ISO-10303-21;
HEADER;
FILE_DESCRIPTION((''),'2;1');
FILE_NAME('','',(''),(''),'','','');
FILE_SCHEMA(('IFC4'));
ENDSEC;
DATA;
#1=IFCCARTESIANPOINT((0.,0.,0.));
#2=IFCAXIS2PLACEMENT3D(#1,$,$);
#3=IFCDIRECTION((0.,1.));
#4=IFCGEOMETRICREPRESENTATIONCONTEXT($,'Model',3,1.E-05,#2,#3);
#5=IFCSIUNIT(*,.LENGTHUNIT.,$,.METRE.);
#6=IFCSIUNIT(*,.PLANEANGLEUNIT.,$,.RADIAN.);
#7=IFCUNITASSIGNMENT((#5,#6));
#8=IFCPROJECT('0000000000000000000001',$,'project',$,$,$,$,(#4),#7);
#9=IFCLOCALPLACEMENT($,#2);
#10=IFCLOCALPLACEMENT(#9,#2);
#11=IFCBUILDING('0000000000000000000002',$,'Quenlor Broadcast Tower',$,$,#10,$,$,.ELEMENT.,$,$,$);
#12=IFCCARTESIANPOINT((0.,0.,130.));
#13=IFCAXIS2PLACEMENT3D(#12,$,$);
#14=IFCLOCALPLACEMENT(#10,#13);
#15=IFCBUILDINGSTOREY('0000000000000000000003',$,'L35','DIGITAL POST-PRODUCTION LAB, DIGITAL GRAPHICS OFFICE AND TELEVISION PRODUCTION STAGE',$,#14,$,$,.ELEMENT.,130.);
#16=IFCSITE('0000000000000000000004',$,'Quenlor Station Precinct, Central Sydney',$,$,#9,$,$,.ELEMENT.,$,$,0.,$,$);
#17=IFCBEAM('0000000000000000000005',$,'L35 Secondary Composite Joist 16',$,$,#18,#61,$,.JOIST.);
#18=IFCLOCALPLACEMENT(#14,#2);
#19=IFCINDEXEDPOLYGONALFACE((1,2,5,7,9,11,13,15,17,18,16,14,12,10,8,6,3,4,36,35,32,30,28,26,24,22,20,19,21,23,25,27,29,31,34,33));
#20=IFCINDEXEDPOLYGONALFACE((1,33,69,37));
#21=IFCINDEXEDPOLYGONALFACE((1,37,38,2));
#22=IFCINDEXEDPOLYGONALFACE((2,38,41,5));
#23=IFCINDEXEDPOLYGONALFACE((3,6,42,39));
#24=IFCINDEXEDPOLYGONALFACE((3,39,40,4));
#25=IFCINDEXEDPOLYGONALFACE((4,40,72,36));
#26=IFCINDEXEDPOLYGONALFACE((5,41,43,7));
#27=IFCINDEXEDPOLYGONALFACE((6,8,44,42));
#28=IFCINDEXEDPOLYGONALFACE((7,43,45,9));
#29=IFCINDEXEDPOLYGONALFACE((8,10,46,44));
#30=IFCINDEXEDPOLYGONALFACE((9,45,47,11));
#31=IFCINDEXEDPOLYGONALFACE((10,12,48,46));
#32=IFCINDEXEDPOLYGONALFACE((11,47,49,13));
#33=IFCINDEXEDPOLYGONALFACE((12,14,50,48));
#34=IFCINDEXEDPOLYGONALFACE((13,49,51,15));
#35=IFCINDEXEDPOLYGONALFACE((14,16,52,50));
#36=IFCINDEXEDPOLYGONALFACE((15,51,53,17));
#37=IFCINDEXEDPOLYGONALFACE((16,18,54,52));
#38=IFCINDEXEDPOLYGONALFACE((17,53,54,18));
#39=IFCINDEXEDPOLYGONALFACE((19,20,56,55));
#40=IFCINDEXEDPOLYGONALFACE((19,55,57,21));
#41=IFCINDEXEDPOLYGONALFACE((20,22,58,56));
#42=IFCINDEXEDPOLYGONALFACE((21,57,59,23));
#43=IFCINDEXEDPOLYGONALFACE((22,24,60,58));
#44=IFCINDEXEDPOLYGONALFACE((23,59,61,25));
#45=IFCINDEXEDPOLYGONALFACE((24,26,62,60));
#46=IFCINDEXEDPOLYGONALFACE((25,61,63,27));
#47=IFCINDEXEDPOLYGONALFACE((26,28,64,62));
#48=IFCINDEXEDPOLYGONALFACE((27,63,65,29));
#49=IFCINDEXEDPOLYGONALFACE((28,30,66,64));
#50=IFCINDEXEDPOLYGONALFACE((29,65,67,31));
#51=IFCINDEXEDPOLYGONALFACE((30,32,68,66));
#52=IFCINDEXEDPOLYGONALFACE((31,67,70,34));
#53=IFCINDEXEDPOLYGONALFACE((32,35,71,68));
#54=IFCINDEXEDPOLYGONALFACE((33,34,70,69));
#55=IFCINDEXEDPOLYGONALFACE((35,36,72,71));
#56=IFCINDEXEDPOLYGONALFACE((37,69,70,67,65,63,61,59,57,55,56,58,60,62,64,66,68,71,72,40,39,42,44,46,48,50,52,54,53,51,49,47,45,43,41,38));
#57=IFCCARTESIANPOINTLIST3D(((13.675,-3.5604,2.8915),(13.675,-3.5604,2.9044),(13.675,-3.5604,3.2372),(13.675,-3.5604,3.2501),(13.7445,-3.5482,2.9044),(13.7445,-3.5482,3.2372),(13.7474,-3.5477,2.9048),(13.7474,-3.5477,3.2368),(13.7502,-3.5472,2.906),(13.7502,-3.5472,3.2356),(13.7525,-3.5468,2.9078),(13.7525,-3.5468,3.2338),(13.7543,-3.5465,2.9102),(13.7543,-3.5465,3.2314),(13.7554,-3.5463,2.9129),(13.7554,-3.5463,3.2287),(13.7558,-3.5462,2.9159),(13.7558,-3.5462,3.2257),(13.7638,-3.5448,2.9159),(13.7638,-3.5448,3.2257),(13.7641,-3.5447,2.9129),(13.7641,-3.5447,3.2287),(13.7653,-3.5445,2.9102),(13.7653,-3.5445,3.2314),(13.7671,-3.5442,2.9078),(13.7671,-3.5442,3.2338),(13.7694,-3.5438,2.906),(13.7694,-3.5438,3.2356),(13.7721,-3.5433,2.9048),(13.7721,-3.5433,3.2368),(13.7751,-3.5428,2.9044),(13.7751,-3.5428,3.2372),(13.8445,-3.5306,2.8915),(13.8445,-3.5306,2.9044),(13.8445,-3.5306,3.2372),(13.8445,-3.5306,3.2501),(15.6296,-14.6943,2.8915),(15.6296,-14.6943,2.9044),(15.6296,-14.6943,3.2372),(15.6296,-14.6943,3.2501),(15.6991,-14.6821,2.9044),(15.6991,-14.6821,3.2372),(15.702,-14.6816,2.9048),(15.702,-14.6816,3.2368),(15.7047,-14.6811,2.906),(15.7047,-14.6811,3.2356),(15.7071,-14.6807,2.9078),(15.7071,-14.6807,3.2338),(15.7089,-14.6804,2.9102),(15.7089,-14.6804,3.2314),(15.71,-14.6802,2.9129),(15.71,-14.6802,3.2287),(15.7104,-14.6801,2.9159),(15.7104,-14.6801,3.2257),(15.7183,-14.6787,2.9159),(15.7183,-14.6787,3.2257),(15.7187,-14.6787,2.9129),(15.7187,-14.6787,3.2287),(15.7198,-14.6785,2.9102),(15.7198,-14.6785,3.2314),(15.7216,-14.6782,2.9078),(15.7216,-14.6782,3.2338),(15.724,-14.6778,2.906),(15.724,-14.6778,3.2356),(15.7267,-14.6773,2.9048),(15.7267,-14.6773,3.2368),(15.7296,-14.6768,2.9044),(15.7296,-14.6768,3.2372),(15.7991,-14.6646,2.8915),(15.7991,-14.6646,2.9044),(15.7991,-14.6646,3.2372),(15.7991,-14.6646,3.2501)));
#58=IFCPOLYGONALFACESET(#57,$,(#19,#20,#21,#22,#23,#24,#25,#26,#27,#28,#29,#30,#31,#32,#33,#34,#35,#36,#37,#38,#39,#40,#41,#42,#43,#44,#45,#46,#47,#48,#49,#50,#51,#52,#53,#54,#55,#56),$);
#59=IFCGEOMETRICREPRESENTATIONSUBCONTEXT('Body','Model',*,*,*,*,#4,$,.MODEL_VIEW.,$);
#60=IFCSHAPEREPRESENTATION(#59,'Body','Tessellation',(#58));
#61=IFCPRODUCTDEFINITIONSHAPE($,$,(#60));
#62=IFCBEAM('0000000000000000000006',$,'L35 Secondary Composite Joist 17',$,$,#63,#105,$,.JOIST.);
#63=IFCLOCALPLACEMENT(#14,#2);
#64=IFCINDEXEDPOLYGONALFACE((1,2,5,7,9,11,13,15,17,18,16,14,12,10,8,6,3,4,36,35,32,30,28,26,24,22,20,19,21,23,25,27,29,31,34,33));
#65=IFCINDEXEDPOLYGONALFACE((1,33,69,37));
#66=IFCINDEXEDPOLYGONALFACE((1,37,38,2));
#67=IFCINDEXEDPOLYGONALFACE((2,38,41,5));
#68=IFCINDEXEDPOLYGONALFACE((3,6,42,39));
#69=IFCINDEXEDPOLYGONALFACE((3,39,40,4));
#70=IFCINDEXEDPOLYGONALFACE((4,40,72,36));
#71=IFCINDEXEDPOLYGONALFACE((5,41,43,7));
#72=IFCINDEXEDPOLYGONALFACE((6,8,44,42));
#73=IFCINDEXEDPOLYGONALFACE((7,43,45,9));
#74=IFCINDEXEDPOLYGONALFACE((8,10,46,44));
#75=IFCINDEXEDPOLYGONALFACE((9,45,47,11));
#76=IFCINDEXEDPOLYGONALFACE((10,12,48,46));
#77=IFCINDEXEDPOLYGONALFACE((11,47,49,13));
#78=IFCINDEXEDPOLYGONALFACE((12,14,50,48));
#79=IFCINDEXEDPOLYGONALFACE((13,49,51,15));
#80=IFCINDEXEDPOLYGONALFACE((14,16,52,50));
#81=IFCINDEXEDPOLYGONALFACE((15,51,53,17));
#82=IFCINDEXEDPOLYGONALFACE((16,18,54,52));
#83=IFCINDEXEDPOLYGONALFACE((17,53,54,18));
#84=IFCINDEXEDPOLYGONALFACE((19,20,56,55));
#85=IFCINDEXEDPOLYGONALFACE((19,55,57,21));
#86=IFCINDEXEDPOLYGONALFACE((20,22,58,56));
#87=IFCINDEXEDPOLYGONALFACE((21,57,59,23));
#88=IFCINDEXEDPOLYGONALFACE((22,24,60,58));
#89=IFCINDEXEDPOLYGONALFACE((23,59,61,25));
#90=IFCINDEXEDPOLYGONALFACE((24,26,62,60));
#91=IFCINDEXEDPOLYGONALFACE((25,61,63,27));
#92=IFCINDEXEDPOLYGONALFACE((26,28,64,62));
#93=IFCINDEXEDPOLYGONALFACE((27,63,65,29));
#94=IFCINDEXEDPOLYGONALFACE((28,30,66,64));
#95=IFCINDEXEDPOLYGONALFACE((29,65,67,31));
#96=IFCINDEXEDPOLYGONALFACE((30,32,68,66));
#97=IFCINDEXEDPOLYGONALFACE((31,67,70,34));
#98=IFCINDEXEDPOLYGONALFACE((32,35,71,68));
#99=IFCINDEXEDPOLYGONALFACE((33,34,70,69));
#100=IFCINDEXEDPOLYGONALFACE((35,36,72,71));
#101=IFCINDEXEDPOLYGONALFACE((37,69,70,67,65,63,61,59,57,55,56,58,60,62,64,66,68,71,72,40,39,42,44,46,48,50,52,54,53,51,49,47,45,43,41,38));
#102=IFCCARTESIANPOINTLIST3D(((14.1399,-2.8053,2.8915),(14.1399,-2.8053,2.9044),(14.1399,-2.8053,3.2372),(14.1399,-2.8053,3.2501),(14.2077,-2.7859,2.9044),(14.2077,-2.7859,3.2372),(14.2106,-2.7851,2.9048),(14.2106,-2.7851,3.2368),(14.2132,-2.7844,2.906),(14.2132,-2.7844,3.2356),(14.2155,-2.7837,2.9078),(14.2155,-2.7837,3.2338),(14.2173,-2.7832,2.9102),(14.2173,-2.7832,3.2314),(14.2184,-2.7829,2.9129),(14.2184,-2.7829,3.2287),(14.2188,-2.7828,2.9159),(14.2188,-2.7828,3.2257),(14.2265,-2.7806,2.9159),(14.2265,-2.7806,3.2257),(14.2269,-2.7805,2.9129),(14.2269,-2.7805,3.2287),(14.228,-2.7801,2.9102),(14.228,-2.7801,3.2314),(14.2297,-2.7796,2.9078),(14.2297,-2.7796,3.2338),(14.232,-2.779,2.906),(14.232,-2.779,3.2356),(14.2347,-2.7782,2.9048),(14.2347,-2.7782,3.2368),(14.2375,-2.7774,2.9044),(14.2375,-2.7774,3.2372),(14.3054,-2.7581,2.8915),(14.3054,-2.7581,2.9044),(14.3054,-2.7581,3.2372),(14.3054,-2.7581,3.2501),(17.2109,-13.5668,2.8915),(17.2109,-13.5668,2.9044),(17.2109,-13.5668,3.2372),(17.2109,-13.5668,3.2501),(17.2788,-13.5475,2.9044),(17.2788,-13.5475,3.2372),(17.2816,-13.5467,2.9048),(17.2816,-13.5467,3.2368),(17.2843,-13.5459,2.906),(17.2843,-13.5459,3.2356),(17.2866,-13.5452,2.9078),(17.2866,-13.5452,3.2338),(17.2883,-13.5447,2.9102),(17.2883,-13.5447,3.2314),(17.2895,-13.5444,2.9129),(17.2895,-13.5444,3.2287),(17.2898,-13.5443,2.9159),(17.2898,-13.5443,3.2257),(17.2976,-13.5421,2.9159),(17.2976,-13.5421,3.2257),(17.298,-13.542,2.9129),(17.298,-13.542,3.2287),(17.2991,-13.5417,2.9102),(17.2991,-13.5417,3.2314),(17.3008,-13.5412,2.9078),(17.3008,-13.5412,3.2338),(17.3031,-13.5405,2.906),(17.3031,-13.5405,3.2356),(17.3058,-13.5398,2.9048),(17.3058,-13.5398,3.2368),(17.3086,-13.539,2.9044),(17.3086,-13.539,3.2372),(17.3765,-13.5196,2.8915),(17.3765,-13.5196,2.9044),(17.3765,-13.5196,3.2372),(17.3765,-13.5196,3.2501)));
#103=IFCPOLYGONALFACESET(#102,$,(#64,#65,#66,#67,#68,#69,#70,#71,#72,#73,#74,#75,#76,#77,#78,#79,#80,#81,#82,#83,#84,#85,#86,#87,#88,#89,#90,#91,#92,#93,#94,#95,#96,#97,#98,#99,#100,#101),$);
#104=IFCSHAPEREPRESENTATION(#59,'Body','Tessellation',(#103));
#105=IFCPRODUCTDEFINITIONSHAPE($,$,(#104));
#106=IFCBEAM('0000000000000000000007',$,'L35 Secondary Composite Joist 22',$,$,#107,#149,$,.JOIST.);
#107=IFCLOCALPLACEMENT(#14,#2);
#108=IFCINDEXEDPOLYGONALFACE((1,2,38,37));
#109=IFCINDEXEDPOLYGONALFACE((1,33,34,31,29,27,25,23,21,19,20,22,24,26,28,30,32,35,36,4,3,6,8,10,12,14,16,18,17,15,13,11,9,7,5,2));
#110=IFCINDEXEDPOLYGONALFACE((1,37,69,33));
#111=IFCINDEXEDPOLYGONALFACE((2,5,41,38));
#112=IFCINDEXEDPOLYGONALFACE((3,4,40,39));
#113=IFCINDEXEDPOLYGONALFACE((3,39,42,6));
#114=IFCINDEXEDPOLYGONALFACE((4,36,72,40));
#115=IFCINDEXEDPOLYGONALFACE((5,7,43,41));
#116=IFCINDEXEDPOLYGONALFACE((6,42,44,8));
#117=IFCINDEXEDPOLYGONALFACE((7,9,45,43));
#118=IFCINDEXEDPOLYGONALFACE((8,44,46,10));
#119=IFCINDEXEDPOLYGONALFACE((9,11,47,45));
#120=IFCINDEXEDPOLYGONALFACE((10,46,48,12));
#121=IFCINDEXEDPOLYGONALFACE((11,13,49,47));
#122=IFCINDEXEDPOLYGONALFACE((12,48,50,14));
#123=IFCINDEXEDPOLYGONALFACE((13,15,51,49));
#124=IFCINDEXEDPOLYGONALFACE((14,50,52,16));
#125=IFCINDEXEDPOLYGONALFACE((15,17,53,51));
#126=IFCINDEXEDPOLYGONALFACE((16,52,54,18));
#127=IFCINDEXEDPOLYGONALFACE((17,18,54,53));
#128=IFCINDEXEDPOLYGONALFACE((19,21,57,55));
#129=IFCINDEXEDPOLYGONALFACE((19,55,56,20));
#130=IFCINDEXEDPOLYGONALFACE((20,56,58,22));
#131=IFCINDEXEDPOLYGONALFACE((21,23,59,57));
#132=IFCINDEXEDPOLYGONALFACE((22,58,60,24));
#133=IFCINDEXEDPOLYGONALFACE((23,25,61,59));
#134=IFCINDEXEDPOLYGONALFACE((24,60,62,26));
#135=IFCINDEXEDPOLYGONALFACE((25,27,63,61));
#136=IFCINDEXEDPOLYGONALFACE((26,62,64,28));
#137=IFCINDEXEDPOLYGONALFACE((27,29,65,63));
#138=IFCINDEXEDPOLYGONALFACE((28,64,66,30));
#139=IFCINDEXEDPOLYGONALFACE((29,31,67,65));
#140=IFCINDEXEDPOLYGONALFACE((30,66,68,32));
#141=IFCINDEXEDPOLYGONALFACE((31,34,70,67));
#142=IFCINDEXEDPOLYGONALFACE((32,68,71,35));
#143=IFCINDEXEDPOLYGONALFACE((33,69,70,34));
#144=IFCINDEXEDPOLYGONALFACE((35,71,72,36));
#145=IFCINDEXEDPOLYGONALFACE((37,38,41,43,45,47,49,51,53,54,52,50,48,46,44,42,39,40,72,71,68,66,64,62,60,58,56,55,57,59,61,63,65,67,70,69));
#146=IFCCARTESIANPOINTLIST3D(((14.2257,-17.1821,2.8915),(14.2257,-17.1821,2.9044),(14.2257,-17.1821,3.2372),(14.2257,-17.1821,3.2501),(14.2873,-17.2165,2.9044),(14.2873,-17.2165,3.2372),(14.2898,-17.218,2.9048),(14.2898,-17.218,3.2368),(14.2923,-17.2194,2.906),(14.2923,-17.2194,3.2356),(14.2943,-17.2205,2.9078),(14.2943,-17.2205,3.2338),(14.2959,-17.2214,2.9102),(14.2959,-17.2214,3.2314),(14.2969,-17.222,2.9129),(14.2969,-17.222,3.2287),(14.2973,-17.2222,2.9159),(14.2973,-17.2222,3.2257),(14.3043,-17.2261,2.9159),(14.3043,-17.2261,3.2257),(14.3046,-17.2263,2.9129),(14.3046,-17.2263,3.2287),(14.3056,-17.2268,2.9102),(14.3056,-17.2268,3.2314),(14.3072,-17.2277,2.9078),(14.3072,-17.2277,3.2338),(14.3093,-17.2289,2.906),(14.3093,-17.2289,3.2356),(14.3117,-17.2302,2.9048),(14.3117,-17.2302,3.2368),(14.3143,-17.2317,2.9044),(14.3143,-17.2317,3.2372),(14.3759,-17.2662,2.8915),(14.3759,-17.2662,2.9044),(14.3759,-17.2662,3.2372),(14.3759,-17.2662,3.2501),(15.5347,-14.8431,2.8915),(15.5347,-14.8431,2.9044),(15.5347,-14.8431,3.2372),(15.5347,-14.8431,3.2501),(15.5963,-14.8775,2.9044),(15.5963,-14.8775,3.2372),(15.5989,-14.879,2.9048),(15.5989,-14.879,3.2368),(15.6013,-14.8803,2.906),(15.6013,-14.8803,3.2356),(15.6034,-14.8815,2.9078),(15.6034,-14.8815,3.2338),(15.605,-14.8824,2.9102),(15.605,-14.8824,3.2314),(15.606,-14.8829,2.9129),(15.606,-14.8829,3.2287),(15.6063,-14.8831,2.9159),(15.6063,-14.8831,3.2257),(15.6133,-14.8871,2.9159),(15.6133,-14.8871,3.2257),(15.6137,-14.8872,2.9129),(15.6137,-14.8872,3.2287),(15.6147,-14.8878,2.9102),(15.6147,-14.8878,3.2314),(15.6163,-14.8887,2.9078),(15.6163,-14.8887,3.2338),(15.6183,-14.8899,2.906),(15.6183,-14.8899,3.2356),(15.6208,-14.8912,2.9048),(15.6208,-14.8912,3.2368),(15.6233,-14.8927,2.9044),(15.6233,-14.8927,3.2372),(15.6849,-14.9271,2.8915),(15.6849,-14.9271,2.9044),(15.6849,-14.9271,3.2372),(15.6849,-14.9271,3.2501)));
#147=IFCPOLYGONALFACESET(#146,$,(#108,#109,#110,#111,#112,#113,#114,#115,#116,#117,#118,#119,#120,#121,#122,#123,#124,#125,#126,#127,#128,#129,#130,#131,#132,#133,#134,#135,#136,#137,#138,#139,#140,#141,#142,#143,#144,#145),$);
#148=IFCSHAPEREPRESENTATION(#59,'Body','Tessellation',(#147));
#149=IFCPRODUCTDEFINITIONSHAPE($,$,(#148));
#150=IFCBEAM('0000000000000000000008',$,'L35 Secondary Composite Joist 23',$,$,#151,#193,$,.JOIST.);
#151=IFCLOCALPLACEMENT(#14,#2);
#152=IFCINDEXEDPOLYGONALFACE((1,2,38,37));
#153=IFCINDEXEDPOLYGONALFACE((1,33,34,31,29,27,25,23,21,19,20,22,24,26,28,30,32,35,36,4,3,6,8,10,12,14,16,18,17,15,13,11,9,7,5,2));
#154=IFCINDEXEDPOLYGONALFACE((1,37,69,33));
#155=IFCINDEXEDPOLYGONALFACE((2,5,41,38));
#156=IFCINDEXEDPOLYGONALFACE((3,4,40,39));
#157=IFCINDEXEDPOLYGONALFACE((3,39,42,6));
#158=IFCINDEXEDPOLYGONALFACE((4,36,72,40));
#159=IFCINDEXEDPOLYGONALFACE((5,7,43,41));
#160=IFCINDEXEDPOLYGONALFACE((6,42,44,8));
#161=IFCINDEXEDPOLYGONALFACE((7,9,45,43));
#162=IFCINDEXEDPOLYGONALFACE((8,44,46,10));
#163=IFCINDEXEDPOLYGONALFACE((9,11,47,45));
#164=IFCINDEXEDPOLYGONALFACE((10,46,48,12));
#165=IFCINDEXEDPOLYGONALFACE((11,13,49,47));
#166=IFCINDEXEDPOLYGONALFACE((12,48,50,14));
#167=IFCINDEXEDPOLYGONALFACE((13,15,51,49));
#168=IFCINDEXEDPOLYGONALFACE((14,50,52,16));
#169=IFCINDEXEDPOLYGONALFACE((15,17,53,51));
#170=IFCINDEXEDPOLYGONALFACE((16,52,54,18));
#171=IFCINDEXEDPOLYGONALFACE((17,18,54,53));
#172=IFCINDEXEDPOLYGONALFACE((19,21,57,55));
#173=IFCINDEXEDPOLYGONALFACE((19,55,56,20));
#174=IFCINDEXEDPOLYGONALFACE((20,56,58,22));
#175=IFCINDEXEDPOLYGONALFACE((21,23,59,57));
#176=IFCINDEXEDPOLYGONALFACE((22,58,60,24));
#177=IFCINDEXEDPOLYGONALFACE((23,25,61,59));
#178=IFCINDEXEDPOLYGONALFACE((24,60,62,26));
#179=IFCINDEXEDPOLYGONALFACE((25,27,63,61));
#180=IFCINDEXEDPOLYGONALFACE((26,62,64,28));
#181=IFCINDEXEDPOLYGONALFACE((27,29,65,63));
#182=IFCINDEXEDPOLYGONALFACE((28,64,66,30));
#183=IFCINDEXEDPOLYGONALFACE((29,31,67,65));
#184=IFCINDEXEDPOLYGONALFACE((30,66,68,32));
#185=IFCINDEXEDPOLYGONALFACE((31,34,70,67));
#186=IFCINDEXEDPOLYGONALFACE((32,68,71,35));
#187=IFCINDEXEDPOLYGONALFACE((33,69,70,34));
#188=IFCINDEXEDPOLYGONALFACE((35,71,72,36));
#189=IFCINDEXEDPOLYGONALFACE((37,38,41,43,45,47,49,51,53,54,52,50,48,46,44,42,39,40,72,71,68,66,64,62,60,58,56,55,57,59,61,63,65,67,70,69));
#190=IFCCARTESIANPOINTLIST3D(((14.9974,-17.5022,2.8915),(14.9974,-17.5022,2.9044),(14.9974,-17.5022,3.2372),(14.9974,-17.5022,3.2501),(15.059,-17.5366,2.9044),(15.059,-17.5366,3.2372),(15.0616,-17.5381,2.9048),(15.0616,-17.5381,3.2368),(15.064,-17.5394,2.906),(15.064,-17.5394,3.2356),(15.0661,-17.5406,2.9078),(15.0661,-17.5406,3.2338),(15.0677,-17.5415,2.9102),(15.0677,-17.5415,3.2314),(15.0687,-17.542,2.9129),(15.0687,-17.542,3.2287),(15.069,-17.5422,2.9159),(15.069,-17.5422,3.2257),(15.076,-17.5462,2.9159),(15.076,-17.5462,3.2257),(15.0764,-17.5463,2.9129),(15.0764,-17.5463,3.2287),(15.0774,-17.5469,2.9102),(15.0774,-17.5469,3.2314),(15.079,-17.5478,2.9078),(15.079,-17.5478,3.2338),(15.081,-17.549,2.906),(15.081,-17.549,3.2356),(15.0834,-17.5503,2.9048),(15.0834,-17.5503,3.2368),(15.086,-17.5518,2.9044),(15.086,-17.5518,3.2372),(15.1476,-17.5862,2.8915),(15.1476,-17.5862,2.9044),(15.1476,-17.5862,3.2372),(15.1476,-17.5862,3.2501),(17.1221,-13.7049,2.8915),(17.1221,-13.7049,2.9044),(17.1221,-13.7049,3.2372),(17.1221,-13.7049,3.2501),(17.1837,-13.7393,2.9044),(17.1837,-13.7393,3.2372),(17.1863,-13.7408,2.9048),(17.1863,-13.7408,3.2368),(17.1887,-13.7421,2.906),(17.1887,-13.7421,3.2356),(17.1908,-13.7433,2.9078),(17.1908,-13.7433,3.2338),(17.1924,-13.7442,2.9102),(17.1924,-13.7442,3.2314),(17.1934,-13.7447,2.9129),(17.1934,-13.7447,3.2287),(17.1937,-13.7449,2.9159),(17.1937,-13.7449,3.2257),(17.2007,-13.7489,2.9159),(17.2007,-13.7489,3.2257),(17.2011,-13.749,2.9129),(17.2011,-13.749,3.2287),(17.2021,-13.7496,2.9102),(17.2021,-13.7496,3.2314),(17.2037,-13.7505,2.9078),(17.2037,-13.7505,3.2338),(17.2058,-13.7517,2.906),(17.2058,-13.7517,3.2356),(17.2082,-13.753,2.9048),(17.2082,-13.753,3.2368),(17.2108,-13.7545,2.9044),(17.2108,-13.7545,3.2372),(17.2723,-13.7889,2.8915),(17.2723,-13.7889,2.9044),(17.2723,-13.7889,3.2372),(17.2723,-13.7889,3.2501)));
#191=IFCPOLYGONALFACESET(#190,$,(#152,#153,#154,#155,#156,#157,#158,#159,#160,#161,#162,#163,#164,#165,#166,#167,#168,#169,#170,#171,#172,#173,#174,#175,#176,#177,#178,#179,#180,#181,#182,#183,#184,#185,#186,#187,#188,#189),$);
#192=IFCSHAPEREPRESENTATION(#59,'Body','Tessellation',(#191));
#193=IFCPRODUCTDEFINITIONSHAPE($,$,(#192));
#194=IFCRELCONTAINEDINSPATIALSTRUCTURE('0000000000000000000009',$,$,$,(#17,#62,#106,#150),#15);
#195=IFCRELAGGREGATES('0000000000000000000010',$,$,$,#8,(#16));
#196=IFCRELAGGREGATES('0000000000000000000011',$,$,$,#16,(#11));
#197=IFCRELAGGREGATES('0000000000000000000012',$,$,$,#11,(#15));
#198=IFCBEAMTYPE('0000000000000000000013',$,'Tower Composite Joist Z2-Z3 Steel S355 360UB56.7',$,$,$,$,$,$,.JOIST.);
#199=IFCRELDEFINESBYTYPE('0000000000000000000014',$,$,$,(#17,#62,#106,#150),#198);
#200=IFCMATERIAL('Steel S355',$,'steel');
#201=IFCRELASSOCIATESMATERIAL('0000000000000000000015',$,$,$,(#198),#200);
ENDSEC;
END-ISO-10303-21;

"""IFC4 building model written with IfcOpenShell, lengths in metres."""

from ifc_helpers import new_model, si_unit, direction, frame, origin, origin_2d, place, context, subcontext, project, spatial, i_section, extrude, material, material_profile, profile_set, type_object, element, save


model = new_model("IFC4")

# Units and contexts
model_context = context("Model", 3, precision=1e-05, world=origin(), true_north=direction((0.0, 1.0)))
body_context = subcontext(model_context, "Body", "Model", "MODEL_VIEW")
ifc_project = project(units=[si_unit("LENGTHUNIT", "METRE"), si_unit("PLANEANGLEUNIT", "RADIAN")], contexts=[model_context])

# Site, building, storey
site_placement = place(None, origin())
site = spatial("IfcSite", under=ifc_project, at=site_placement, Name="Quenlor Station Precinct, Central Sydney", CompositionType="ELEMENT", RefElevation=0.0)
building_placement = place(site_placement, origin())
building = spatial("IfcBuilding", under=site, at=building_placement, Name="Quenlor Broadcast Tower", CompositionType="ELEMENT")
storey_placement = place(building_placement, frame((0.0, 0.0, 130.0)))
storey = spatial("IfcBuildingStorey", under=building, at=storey_placement, Name="L35", Description="DIGITAL POST-PRODUCTION LAB, DIGITAL GRAPHICS OFFICE AND TELEVISION PRODUCTION STAGE", CompositionType="ELEMENT", Elevation=130.0)

# Beams
ifc_material_1 = material(Name="Steel S355", Category="steel")
ifc_material_profile_1 = material_profile(ifc_material_1, i_section(OverallWidth=0.1721, OverallDepth=0.3586, WebThickness=0.0081, FlangeThickness=0.0129, FilletRadius=0.0115, at=origin_2d()))
ifc_profile_set_1 = profile_set([ifc_material_profile_1], Name="Steel S355 360UB56.7")
beam_type_1 = type_object("IfcBeamType", Name="Tower Composite Joist Z2-Z3 Steel S355 360UB56.7", PredefinedType="JOIST", material=ifc_profile_set_1)
beam_1_placement = place(storey_placement, frame((15.7144, -14.6794, 3.0708), z_axis=(-0.172907, 0.984938, 0.0), x_axis=(-0.984938, -0.172907, 0.0)))
element("IfcBeam", 1, at=beam_1_placement, inside=storey, type_object=beam_type_1, Name="L35 Secondary Composite Joist 16", PredefinedType="JOIST", context=body_context, shape_type="SweptSolid", body=[
    extrude(i_section(OverallWidth=0.1721, OverallDepth=0.3586, WebThickness=0.0081, FlangeThickness=0.0129, FilletRadius=0.0115, at=origin_2d()), origin(), (0.0, 0.0, 1.0), 11.3042),
])
beam_2_placement = place(storey_placement, frame((17.2937, -13.5432, 3.0708), z_axis=(-0.274419, 0.96161, 0.0), x_axis=(-0.96161, -0.274419, 0.0)))
element("IfcBeam", 2, at=beam_2_placement, inside=storey, type_object=beam_type_1, Name="L35 Secondary Composite Joist 17", PredefinedType="JOIST", context=body_context, shape_type="SweptSolid", body=[
    extrude(i_section(OverallWidth=0.1721, OverallDepth=0.3586, WebThickness=0.0081, FlangeThickness=0.0129, FilletRadius=0.0115, at=origin_2d()), origin(), (0.0, 0.0, 1.0), 11.1912),
])
beam_3_placement = place(storey_placement, frame((14.3008, -17.2241, 3.0708), z_axis=(0.48837, 0.872636, 0.0), x_axis=(-0.872636, 0.48837, 0.0)))
element("IfcBeam", 3, at=beam_3_placement, inside=storey, type_object=beam_type_1, Name="L35 Secondary Composite Joist 22", PredefinedType="JOIST", context=body_context, shape_type="SweptSolid", body=[
    extrude(i_section(OverallWidth=0.1721, OverallDepth=0.3586, WebThickness=0.0081, FlangeThickness=0.0129, FilletRadius=0.0115, at=origin_2d()), origin(), (0.0, 0.0, 1.0), 2.6804),
])
beam_4_placement = place(storey_placement, frame((15.0725, -17.5442, 3.0708), z_axis=(0.488294, 0.872679, 0.0), x_axis=(-0.872679, 0.488294, 0.0)))
element("IfcBeam", 4, at=beam_4_placement, inside=storey, type_object=beam_type_1, Name="L35 Secondary Composite Joist 23", PredefinedType="JOIST", context=body_context, shape_type="SweptSolid", body=[
    extrude(i_section(OverallWidth=0.1721, OverallDepth=0.3586, WebThickness=0.0081, FlangeThickness=0.0129, FilletRadius=0.0115, at=origin_2d()), origin(), (0.0, 0.0, 1.0), 4.3513),
])

save(model, "model.ifc")
